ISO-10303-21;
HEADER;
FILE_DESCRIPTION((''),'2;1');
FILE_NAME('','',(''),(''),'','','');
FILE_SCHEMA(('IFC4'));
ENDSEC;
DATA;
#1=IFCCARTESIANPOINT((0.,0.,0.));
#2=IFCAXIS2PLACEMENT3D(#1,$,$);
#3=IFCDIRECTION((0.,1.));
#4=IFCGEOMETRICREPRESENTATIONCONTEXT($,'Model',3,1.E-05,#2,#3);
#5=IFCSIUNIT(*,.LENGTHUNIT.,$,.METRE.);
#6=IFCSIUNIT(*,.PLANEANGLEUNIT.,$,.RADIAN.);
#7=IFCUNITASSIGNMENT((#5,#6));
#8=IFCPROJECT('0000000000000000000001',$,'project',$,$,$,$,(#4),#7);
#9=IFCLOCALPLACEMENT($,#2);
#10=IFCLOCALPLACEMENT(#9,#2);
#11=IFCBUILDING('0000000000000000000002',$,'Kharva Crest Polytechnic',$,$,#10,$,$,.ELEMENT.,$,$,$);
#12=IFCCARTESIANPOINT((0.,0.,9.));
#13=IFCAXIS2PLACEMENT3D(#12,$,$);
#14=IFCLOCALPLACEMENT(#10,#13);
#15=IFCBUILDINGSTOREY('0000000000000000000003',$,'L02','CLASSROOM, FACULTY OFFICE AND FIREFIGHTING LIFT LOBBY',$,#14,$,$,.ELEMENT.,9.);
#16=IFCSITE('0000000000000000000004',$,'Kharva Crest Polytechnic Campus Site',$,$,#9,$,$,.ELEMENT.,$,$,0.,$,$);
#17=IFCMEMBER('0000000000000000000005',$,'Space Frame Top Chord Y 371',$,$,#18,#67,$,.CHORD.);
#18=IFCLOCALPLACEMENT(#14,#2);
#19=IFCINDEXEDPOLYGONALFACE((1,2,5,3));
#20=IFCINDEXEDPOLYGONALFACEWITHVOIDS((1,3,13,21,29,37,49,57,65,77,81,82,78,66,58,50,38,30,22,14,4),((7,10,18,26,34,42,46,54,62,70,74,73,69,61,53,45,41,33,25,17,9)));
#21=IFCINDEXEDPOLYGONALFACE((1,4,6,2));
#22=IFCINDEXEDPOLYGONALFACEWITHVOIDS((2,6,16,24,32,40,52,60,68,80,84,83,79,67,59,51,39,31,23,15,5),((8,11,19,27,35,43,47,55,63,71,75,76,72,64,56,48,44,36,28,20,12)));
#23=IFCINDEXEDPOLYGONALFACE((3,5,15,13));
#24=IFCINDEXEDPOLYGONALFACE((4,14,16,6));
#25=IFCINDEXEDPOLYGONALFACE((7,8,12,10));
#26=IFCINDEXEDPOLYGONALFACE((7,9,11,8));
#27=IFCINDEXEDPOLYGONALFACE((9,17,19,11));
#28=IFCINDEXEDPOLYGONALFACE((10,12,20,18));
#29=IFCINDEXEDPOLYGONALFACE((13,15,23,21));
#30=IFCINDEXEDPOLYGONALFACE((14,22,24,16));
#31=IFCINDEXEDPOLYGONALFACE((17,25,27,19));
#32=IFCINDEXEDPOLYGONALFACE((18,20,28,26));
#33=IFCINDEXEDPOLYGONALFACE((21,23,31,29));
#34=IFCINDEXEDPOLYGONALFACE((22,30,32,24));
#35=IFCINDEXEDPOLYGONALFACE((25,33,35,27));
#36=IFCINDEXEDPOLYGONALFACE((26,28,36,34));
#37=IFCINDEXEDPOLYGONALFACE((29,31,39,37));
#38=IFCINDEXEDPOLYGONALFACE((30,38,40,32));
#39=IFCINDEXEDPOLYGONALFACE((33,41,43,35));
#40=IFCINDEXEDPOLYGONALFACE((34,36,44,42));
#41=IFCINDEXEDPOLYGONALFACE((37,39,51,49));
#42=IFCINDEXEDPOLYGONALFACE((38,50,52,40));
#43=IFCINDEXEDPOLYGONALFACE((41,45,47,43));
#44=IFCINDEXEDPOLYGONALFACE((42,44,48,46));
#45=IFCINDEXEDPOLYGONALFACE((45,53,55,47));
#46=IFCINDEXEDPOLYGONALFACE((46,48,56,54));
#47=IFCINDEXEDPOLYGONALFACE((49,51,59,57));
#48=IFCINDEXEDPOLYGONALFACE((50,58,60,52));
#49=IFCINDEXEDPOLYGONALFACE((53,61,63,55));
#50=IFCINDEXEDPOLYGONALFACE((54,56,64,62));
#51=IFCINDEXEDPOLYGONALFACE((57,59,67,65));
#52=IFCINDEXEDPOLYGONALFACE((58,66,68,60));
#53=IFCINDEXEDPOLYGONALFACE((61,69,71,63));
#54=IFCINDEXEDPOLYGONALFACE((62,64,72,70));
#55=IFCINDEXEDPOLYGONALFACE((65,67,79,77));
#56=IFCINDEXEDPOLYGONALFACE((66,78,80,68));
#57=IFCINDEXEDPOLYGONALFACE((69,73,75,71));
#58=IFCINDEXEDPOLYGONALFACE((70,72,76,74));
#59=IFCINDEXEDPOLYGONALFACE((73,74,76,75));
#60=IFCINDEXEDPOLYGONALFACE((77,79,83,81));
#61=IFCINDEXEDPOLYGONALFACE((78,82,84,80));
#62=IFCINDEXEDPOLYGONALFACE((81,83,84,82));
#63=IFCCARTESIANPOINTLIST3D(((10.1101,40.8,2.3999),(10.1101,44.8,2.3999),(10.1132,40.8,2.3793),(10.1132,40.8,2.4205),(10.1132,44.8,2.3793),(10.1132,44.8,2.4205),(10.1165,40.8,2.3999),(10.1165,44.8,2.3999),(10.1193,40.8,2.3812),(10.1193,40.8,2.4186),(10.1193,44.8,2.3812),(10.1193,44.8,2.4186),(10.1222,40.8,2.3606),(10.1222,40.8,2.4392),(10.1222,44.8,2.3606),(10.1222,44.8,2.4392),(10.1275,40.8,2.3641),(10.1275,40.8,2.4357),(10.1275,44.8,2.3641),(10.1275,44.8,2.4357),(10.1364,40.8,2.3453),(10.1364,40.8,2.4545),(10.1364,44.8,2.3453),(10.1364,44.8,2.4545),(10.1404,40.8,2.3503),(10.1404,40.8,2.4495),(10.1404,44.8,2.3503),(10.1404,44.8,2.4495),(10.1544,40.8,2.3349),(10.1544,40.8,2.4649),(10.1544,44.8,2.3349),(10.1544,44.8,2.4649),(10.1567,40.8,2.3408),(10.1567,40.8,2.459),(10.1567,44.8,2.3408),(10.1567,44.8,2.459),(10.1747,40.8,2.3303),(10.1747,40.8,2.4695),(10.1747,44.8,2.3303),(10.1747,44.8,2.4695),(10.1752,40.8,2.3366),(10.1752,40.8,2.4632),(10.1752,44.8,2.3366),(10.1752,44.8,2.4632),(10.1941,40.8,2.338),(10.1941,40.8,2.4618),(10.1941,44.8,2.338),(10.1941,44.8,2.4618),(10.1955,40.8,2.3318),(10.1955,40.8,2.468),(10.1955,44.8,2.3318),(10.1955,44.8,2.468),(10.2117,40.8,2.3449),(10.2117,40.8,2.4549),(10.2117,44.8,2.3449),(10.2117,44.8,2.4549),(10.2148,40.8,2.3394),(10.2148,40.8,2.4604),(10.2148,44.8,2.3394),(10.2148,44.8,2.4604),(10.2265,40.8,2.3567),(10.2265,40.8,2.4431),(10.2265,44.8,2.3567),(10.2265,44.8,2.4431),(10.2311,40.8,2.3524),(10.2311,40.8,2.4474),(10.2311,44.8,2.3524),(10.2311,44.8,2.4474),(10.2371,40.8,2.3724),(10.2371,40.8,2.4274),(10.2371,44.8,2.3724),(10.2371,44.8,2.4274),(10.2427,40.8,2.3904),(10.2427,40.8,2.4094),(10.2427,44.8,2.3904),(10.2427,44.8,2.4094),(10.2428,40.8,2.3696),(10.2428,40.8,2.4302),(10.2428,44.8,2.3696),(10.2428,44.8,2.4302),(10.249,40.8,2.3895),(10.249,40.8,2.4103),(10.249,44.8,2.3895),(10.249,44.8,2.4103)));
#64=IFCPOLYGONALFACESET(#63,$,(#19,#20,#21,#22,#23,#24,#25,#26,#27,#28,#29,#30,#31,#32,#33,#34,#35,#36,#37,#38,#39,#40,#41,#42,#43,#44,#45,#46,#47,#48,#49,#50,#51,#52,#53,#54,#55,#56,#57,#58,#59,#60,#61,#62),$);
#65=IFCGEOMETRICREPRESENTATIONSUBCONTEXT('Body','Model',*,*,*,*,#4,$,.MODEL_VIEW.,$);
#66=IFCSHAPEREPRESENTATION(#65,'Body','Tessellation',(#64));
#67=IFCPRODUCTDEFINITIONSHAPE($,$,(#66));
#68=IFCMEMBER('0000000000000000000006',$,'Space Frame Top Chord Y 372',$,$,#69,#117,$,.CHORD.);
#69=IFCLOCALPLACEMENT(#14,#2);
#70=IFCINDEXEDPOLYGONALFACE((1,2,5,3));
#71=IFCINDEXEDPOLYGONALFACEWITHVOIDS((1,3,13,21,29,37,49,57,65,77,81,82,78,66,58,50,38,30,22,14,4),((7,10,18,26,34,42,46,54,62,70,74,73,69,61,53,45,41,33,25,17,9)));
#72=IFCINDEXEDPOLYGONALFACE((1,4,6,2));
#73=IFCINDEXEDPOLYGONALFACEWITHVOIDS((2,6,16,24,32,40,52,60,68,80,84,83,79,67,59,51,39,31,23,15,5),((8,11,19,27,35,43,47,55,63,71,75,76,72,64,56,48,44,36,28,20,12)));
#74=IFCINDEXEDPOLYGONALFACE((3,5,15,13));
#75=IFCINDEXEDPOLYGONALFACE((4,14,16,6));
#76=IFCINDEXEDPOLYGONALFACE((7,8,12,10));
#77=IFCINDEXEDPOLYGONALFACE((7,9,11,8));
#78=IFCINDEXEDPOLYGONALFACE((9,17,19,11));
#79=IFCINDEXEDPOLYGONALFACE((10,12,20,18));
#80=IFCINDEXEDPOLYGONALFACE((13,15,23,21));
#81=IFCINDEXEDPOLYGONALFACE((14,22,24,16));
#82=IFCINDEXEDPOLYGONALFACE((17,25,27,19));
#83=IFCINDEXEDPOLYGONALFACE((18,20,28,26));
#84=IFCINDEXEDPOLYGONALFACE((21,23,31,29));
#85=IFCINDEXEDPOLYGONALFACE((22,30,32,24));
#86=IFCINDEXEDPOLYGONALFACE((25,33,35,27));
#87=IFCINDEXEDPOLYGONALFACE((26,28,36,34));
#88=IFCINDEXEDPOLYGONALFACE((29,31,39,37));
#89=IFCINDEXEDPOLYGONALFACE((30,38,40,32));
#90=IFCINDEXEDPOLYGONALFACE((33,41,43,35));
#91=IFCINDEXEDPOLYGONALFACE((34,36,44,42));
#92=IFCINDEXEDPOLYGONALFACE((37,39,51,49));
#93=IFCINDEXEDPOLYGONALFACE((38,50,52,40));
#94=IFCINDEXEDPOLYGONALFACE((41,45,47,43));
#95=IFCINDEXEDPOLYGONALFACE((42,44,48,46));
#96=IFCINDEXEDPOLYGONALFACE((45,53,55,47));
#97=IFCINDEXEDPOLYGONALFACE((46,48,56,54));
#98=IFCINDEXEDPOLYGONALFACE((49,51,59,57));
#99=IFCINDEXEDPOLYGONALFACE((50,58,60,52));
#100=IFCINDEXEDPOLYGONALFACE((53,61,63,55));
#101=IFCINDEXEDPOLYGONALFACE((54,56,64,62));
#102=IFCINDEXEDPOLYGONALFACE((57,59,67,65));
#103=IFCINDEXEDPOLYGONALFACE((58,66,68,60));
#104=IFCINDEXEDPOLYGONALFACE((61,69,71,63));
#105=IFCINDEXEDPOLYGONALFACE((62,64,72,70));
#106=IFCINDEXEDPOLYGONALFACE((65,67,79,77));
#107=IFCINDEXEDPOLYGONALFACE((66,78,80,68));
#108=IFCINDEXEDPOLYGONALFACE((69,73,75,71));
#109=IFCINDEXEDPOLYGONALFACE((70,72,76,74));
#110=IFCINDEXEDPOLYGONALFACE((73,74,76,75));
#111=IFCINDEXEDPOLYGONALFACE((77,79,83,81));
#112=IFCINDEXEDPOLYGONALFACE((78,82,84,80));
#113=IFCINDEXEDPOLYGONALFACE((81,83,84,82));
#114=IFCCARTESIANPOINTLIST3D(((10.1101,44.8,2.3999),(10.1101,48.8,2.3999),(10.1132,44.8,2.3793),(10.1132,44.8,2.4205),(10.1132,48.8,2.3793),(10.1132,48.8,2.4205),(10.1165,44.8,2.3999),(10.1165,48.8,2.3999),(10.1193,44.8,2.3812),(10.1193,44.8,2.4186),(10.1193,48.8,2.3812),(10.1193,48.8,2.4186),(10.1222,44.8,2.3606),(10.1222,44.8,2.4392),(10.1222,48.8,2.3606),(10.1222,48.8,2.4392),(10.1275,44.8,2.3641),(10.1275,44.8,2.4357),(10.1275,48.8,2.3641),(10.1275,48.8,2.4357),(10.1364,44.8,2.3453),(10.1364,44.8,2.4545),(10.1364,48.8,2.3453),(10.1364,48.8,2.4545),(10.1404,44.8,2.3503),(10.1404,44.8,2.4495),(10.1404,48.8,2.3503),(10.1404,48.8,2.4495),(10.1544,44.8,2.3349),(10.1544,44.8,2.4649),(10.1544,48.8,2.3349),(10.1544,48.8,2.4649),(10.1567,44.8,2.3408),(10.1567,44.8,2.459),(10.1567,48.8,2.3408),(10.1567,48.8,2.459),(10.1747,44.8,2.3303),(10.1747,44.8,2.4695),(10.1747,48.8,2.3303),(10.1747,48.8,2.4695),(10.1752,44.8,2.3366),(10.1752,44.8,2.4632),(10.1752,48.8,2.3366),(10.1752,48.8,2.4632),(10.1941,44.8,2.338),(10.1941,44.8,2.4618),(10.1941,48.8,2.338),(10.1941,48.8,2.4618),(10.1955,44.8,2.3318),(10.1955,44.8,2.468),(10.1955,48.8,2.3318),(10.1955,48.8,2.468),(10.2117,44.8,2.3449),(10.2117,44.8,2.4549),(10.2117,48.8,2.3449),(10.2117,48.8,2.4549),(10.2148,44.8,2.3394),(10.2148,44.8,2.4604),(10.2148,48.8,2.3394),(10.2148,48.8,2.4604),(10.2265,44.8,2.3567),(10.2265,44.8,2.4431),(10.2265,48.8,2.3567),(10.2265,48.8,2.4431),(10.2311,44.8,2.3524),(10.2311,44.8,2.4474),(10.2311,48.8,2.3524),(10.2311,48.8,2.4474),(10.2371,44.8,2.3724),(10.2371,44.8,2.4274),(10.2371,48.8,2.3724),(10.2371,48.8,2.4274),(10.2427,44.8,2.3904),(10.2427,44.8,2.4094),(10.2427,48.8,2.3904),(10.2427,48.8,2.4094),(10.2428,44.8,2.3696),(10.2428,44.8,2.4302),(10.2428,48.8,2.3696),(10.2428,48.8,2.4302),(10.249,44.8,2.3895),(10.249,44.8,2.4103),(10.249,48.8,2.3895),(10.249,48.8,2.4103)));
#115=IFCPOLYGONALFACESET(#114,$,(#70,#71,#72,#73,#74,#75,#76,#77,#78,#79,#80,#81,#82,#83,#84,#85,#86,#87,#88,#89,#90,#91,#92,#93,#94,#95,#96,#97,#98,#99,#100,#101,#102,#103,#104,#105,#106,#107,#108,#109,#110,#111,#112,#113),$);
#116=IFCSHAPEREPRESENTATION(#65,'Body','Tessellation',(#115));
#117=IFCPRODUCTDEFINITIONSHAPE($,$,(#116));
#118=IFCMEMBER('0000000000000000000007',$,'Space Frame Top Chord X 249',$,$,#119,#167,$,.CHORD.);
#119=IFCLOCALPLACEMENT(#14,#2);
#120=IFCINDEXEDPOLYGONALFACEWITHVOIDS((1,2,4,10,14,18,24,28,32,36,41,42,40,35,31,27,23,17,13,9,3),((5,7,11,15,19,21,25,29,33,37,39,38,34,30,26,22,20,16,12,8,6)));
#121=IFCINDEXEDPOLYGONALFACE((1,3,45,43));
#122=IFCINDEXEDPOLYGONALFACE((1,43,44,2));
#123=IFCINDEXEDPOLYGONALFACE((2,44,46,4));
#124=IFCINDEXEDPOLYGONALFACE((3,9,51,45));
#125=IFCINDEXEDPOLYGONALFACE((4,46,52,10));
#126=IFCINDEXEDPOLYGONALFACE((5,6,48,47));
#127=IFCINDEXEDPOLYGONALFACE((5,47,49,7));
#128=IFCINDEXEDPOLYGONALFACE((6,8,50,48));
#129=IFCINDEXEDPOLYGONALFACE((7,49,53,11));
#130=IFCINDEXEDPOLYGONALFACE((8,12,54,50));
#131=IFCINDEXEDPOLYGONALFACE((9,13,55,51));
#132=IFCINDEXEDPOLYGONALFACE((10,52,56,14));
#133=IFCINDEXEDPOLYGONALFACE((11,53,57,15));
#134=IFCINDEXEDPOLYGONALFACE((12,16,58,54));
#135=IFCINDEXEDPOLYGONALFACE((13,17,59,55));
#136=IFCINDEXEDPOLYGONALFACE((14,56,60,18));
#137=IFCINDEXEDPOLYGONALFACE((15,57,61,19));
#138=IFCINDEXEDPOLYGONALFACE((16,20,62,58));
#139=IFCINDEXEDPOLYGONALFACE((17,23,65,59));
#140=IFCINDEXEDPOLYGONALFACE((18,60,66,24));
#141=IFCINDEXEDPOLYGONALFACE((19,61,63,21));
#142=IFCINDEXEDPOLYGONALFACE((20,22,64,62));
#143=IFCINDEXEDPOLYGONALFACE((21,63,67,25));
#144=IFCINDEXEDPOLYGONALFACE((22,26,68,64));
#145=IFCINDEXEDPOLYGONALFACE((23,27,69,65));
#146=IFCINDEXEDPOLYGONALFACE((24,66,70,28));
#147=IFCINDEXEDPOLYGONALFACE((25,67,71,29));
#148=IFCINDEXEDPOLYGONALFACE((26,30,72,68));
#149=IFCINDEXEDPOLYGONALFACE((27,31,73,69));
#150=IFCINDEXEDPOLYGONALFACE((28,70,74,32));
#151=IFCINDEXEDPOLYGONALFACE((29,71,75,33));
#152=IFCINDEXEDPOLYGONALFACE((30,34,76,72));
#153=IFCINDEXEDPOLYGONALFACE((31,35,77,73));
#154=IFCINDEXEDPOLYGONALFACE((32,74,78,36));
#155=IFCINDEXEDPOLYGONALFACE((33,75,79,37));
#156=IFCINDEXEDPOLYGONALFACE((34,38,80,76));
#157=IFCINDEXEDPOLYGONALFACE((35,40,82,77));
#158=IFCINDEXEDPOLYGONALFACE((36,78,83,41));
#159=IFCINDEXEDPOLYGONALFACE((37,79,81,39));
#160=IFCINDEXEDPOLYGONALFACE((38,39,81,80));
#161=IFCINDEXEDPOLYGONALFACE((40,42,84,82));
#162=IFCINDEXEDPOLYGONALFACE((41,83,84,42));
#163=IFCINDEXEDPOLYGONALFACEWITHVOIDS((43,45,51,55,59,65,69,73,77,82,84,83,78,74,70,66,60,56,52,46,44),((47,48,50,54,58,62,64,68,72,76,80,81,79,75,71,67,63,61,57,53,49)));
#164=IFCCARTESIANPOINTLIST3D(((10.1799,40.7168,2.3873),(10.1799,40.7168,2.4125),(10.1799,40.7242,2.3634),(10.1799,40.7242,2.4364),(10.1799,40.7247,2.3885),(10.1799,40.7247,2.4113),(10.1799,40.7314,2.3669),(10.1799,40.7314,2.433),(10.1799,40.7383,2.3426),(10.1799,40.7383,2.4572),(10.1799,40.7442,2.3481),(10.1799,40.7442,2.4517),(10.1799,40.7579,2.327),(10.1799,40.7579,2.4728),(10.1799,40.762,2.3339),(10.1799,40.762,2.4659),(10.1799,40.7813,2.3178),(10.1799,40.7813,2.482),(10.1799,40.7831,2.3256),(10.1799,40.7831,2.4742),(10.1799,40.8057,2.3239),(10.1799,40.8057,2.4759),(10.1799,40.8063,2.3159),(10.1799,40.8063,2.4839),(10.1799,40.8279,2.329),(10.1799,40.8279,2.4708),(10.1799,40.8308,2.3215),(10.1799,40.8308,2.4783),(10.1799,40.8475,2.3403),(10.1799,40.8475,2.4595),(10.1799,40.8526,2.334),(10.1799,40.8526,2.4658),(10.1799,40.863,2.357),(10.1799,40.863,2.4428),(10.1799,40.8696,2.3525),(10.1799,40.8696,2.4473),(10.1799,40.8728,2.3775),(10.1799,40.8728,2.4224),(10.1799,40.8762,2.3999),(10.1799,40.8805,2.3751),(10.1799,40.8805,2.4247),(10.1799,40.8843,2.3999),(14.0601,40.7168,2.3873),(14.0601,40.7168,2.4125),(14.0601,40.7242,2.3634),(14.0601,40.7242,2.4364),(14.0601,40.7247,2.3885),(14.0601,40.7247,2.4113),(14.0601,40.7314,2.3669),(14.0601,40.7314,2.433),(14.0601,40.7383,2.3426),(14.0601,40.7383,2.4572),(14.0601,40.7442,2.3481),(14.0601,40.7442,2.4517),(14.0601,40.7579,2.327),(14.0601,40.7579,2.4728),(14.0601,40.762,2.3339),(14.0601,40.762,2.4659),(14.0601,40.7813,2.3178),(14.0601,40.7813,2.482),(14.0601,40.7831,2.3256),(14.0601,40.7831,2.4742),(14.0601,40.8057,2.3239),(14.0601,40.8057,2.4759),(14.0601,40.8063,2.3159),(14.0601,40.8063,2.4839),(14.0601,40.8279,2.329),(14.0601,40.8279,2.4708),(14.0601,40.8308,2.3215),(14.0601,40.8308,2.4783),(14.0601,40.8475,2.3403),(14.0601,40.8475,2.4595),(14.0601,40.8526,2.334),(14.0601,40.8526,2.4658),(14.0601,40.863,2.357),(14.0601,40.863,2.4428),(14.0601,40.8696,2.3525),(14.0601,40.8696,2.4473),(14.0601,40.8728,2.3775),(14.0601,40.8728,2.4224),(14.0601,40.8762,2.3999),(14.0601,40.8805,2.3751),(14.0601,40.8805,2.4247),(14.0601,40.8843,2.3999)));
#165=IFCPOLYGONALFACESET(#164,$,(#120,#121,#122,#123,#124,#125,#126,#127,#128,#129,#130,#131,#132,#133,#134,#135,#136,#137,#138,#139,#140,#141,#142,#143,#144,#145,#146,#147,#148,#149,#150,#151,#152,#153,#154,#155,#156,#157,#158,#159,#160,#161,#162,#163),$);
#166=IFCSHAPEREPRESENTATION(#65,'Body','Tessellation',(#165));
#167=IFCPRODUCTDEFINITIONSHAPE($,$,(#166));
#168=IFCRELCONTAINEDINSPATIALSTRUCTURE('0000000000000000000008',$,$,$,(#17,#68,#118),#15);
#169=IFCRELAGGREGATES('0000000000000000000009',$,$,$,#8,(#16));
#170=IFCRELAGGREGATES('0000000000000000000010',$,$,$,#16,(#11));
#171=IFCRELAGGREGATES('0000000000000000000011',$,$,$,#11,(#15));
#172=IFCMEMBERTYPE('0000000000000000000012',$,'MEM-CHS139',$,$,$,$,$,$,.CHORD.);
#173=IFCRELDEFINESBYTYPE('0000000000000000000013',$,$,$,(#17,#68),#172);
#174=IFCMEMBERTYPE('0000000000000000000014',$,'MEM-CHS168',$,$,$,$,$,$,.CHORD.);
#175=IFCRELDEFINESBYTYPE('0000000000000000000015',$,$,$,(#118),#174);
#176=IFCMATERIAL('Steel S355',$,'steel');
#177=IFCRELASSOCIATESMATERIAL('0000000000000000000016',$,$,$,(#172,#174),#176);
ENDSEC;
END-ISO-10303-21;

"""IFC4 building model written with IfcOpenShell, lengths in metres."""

from ifc_helpers import new_model, si_unit, direction, frame, origin, origin_2d, place, context, subcontext, project, spatial, hollow_circle, extrude, material, material_profile, profile_set, type_object, element, save


model = new_model("IFC4")

# Units and contexts
model_context = context("Model", 3, precision=1e-05, world=origin(), true_north=direction((0.0, 1.0)))
body_context = subcontext(model_context, "Body", "Model", "MODEL_VIEW")
ifc_project = project(units=[si_unit("LENGTHUNIT", "METRE"), si_unit("PLANEANGLEUNIT", "RADIAN")], contexts=[model_context])

# Site, building, storey
site_placement = place(None, origin())
site = spatial("IfcSite", under=ifc_project, at=site_placement, Name="Kharva Crest Polytechnic Campus Site", CompositionType="ELEMENT", RefElevation=0.0)
building_placement = place(site_placement, origin())
building = spatial("IfcBuilding", under=site, at=building_placement, Name="Kharva Crest Polytechnic", CompositionType="ELEMENT")
storey_placement = place(building_placement, frame((0.0, 0.0, 9.0)))
storey = spatial("IfcBuildingStorey", under=building, at=storey_placement, Name="L02", Description="CLASSROOM, FACULTY OFFICE AND FIREFIGHTING LIFT LOBBY", CompositionType="ELEMENT", Elevation=9.0)

# Shared definitions
ifc_material_1 = material(Name="Steel S355", Category="steel")

# Members
ifc_material_profile_1 = material_profile(ifc_material_1, hollow_circle(Radius=0.0698, WallThickness=0.0063, at=origin_2d()), Name="CHS 139.7X6.3")
ifc_profile_set_1 = profile_set([ifc_material_profile_1], Name="Steel S355")
member_type_1 = type_object("IfcMemberType", Name="MEM-CHS139", PredefinedType="CHORD", material=ifc_profile_set_1)
for number, where, z_axis, x_axis, name in (
    (1, (10.1799, 40.8, 2.3999), (0.0, 1.0, 0.0), (-1.0, 0.0, 0.0), "Space Frame Top Chord Y 371"),
    (2, (10.1799, 44.8, 2.3999), (0.0, 1.0, 0.0), (-1.0, 0.0, 0.0), "Space Frame Top Chord Y 372"),
):
    element("IfcMember", number, at=place(storey_placement, frame(where, z_axis=z_axis, x_axis=x_axis)), inside=storey, type_object=member_type_1, Name=name, PredefinedType="CHORD", context=body_context, shape_type="SweptSolid", body=[
        extrude(hollow_circle(Radius=0.0698, WallThickness=0.0063, at=origin_2d()), origin(), (0.0, 0.0, 1.0), 4.0),
    ])
ifc_material_profile_2 = material_profile(ifc_material_1, hollow_circle(Radius=0.0842, WallThickness=0.0081, at=origin_2d()), Name="CHS 168.3X8.0")
ifc_profile_set_2 = profile_set([ifc_material_profile_2], Name="Steel S355")
member_type_2 = type_object("IfcMemberType", Name="MEM-CHS168", PredefinedType="CHORD", material=ifc_profile_set_2)
for number, where, z_axis, x_axis, name in (
    (3, (10.1799, 40.8, 2.3999), (1.0, 0.0, 0.0), (0.0, 1.0, 0.0), "Space Frame Top Chord X 249"),
):
    element("IfcMember", number, at=place(storey_placement, frame(where, z_axis=z_axis, x_axis=x_axis)), inside=storey, type_object=member_type_2, Name=name, PredefinedType="CHORD", context=body_context, shape_type="SweptSolid", body=[
        extrude(hollow_circle(Radius=0.0842, WallThickness=0.0081, at=origin_2d()), origin(), (0.0, 0.0, 1.0), 3.8801),
    ])

save(model, "model.ifc")
